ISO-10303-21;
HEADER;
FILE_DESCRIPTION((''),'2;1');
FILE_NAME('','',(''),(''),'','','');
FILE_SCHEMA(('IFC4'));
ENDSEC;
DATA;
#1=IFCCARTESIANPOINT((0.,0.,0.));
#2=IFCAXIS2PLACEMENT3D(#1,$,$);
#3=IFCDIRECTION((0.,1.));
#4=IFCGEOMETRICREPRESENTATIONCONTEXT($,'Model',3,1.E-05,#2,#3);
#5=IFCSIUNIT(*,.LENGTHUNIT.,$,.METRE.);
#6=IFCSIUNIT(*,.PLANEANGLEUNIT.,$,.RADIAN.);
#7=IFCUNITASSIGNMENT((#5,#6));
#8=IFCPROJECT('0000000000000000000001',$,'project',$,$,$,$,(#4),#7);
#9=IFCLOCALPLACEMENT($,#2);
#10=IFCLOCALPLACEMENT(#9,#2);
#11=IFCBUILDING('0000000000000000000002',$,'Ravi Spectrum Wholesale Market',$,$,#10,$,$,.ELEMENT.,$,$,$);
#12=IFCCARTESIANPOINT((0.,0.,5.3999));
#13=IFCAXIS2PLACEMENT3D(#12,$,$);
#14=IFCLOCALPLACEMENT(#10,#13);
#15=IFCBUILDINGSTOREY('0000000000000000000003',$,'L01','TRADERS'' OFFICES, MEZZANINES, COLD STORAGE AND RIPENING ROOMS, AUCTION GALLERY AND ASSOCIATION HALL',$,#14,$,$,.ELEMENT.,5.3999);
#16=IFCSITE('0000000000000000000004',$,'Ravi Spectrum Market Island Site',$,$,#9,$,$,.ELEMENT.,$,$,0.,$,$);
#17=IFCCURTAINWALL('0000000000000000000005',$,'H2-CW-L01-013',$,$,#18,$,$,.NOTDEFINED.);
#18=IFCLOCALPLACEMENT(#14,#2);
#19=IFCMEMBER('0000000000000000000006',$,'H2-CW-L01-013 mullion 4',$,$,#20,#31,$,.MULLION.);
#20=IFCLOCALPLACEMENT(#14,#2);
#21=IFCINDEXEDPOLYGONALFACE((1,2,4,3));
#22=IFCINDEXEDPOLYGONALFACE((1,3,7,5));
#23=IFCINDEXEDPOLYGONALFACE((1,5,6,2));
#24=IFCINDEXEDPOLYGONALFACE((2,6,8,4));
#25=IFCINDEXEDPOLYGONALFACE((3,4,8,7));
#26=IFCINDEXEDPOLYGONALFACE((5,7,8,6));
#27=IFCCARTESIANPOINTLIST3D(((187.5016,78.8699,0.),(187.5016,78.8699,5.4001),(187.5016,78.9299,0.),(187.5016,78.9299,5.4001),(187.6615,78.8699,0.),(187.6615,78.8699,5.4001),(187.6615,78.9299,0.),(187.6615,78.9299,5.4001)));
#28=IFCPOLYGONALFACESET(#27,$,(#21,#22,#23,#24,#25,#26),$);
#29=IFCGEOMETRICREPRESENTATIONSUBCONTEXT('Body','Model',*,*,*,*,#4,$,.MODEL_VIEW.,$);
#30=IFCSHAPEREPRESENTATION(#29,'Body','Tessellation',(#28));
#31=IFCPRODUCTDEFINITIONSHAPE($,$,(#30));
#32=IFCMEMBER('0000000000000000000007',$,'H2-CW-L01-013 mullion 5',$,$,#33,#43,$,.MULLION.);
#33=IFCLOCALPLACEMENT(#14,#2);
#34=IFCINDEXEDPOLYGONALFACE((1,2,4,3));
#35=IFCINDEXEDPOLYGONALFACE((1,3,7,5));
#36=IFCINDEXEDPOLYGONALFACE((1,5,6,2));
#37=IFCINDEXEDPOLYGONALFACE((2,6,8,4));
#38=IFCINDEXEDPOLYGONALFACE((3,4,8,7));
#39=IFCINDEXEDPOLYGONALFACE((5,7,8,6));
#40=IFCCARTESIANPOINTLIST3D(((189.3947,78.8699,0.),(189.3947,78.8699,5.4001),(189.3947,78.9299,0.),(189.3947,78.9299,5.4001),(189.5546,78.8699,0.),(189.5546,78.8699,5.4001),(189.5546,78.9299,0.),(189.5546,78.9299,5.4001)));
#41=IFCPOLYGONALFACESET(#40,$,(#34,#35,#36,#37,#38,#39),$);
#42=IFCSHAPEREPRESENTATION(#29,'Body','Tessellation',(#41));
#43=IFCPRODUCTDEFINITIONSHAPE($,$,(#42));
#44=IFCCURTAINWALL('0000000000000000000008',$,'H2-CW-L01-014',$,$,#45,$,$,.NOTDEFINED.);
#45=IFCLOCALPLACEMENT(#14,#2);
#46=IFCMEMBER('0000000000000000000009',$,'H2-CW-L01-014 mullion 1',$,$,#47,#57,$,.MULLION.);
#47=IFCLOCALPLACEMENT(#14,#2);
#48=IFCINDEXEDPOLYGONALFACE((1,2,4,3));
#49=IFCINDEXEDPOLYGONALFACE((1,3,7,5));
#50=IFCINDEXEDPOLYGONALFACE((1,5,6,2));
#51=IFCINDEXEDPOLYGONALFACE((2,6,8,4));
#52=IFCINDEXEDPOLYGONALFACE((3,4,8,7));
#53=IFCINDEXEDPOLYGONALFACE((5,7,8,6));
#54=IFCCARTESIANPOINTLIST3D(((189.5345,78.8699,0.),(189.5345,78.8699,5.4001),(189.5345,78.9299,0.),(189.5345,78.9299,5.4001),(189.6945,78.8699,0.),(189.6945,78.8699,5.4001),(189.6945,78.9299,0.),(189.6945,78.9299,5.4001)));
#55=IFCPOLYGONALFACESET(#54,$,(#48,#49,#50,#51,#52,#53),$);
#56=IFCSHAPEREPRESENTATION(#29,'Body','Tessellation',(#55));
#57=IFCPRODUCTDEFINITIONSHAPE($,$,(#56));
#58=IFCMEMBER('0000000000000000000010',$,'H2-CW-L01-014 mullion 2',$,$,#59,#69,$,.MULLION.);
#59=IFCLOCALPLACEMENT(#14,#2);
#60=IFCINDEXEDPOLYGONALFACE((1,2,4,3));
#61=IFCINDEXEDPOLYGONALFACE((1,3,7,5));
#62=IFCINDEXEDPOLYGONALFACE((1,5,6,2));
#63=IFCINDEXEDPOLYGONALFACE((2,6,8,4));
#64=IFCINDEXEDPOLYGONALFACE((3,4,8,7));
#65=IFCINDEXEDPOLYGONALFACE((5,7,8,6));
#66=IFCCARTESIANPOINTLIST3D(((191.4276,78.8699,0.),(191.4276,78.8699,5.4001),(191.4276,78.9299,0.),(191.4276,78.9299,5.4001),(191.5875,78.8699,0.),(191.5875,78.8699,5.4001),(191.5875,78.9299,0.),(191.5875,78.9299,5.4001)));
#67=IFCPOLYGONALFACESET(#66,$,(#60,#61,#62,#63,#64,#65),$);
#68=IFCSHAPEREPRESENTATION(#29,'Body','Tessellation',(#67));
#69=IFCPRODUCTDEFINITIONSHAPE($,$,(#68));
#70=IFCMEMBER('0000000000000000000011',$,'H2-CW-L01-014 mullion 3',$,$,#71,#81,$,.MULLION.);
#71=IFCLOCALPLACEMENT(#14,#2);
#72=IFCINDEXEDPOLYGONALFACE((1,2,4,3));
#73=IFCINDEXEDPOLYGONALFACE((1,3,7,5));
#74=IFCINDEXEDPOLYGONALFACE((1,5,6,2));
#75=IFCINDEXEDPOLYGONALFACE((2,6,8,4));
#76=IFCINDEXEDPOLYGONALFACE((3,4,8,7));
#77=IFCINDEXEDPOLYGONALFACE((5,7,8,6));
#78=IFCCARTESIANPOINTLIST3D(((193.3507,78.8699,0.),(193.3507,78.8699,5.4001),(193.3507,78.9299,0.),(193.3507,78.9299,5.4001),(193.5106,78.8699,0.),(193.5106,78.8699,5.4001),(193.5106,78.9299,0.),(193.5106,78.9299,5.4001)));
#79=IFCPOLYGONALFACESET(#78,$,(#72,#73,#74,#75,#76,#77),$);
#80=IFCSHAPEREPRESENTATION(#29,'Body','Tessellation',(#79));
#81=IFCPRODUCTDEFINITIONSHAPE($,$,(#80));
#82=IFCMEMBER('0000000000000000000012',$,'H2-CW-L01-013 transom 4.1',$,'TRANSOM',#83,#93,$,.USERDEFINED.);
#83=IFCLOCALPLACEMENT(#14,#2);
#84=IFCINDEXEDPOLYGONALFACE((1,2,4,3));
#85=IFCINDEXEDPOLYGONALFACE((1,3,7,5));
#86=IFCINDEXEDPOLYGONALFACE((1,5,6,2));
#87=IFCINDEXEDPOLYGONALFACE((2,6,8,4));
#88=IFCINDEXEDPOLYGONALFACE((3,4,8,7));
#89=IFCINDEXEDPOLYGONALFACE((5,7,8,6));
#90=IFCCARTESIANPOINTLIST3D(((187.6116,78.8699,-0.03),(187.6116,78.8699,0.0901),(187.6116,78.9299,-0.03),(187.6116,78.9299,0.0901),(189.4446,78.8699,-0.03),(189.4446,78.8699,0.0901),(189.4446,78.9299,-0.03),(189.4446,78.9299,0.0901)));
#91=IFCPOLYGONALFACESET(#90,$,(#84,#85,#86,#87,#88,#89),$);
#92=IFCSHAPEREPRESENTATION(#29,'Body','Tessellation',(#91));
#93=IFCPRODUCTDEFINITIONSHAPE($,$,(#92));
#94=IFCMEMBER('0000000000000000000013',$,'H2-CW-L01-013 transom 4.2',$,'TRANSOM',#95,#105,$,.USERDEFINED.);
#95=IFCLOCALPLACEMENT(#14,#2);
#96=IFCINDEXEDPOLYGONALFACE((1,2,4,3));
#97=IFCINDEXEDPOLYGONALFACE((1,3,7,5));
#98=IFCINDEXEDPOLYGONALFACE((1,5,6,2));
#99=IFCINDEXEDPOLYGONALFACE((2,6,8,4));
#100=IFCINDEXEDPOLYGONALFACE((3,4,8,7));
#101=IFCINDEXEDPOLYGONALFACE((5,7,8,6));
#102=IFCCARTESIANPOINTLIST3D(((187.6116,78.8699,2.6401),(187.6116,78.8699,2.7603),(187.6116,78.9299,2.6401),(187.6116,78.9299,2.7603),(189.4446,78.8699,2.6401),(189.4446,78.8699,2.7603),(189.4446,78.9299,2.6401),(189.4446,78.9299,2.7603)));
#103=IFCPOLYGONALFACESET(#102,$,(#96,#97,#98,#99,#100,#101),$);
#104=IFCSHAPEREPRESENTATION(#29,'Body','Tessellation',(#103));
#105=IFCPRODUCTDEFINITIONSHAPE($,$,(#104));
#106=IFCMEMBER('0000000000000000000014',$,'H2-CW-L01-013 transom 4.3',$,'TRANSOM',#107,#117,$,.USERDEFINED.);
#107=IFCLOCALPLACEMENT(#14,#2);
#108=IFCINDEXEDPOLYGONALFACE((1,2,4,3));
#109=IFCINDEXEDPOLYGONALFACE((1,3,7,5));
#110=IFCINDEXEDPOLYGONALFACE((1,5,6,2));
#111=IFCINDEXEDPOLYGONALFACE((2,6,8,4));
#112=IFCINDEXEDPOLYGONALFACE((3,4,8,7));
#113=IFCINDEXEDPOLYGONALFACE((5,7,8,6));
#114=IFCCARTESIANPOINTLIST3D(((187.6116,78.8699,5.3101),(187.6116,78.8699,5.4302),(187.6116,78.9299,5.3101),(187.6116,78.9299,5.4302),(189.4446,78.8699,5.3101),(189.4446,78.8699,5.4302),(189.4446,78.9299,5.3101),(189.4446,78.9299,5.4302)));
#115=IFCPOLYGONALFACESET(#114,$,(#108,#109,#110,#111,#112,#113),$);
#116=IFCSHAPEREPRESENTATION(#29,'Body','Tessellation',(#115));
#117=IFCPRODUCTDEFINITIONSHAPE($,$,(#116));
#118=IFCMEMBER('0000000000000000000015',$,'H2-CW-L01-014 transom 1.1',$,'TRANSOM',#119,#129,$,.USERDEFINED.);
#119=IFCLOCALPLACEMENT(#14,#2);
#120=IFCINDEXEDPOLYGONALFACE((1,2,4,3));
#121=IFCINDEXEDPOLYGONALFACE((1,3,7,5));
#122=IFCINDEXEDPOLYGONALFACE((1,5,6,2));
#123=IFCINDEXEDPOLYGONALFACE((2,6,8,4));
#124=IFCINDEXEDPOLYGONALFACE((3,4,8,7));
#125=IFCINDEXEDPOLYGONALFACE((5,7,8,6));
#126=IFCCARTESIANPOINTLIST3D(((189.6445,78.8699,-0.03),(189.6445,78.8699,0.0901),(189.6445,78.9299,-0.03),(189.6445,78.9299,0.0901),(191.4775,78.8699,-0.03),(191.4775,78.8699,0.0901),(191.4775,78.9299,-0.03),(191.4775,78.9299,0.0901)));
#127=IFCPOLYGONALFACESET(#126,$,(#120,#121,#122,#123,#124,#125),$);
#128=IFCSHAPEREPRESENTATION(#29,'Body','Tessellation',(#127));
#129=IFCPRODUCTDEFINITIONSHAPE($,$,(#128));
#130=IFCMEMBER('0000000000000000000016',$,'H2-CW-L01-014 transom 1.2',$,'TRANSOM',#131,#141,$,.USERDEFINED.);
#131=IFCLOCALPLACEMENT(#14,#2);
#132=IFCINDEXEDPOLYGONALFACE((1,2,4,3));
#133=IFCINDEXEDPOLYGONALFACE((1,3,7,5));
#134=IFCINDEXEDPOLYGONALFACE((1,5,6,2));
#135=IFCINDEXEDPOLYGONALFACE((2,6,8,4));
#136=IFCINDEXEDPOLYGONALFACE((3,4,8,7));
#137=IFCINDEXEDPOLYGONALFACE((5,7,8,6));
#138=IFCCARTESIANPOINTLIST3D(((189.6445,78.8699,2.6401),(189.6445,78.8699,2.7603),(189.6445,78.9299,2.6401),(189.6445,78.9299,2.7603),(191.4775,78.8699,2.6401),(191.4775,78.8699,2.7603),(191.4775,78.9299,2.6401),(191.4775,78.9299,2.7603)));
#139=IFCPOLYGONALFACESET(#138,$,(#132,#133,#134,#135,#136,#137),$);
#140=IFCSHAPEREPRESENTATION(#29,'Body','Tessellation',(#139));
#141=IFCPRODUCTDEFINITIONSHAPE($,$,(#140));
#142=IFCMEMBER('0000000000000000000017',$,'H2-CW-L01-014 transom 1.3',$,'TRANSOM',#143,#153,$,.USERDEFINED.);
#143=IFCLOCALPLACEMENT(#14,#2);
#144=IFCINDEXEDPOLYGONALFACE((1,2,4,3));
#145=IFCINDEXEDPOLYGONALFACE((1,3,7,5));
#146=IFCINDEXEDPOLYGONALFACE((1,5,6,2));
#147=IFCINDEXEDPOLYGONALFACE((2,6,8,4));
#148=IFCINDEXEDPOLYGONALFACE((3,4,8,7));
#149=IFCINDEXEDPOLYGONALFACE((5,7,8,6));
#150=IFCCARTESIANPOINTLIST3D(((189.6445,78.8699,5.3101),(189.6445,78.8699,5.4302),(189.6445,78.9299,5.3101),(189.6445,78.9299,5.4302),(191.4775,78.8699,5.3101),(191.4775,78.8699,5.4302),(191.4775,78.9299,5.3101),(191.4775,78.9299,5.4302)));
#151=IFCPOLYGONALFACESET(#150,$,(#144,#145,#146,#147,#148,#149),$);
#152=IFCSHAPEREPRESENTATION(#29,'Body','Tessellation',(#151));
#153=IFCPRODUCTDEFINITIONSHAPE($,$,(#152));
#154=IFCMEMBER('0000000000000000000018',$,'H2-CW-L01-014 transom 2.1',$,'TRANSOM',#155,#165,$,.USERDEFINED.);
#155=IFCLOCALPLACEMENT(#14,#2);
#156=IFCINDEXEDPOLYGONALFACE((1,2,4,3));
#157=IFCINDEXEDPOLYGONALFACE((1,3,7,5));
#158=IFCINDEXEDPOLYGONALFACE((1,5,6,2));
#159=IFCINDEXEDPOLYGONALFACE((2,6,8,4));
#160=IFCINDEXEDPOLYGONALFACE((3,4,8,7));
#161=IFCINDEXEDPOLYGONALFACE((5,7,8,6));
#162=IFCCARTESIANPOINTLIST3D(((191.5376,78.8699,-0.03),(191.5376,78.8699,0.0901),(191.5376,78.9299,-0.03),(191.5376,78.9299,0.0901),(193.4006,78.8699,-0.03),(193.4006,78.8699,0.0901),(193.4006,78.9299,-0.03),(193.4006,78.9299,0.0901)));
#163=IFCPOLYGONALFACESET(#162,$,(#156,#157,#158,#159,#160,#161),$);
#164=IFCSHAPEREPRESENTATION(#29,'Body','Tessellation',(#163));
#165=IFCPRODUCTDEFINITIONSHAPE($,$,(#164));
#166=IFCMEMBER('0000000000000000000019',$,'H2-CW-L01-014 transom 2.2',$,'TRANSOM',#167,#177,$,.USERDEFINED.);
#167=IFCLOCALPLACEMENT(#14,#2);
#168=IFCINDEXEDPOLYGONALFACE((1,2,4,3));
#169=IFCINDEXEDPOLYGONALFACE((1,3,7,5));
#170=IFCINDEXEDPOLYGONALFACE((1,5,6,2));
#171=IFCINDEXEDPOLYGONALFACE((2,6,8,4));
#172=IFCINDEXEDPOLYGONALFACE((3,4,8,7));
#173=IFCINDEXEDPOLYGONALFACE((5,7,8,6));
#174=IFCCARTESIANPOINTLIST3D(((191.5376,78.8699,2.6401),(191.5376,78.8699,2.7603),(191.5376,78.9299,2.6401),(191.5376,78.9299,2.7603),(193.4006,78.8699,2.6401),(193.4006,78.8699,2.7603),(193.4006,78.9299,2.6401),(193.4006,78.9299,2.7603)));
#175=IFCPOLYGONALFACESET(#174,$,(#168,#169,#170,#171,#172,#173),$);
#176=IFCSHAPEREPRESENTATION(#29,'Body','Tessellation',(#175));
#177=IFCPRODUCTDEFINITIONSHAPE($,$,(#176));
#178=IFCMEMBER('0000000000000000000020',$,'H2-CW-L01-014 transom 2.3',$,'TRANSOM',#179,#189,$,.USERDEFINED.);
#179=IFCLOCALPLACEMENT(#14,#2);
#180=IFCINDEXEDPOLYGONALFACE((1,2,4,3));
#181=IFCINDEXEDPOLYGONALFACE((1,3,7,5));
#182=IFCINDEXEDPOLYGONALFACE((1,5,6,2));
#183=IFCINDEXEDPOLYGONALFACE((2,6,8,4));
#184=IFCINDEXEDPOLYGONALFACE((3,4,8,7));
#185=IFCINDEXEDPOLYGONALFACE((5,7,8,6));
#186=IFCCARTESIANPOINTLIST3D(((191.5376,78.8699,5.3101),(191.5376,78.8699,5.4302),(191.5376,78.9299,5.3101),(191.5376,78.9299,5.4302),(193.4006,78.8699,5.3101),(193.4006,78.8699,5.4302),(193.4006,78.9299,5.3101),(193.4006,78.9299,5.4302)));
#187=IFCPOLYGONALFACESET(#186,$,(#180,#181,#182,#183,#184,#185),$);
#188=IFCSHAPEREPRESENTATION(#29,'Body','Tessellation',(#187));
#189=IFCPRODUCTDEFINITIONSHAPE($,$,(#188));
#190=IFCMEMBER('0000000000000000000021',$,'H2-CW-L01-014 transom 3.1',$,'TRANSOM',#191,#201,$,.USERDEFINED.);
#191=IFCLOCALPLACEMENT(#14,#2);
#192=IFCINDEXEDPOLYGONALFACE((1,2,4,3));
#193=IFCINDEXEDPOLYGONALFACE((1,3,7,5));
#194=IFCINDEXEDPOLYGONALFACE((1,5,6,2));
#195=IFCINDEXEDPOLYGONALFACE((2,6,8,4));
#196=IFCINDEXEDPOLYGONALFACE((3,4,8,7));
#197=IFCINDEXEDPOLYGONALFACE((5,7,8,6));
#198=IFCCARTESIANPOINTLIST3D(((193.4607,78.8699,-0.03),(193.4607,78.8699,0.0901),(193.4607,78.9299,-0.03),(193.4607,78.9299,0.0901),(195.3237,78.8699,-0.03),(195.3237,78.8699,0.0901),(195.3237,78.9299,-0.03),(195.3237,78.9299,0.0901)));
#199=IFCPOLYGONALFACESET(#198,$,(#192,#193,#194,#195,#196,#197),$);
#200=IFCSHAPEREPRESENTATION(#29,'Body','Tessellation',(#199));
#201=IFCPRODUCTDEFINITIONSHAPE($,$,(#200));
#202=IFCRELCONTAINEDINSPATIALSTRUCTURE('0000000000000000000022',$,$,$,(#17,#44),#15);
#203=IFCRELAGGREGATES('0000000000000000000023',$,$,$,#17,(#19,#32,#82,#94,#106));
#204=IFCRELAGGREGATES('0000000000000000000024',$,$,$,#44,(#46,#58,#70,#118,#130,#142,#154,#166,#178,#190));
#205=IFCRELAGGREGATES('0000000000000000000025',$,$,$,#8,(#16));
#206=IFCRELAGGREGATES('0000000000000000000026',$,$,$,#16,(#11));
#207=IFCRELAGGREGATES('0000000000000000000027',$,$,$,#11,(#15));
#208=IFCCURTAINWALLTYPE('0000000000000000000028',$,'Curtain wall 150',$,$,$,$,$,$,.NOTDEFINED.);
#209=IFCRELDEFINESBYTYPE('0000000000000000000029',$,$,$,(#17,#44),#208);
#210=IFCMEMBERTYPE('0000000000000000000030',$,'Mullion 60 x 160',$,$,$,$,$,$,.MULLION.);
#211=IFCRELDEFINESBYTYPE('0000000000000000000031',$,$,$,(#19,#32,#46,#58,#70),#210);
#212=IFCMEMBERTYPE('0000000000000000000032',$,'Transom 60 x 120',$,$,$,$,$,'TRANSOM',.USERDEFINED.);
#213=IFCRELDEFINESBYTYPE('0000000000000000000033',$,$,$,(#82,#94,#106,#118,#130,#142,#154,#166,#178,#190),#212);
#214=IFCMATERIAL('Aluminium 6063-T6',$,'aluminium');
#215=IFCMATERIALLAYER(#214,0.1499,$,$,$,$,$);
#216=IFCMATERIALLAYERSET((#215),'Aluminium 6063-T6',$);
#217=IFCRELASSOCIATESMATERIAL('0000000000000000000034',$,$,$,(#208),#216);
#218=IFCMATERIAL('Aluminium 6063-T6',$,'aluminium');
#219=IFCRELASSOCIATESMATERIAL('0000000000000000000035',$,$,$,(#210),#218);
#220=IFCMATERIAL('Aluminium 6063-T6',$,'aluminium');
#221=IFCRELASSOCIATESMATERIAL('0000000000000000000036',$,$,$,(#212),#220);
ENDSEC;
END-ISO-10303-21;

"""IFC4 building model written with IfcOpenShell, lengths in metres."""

from ifc_helpers import new_model, si_unit, direction, frame, origin, origin_2d, place, context, subcontext, project, spatial, rectangle, extrude, material, layer, layer_set, material_profile, profile_set, type_object, element, aggregate, save


model = new_model("IFC4")

# Units and contexts
model_context = context("Model", 3, precision=1e-05, world=origin(), true_north=direction((0.0, 1.0)))
body_context = subcontext(model_context, "Body", "Model", "MODEL_VIEW")
ifc_project = project(units=[si_unit("LENGTHUNIT", "METRE"), si_unit("PLANEANGLEUNIT", "RADIAN")], contexts=[model_context])

# Site, building, storey
site_placement = place(None, origin())
site = spatial("IfcSite", under=ifc_project, at=site_placement, Name="Ravi Spectrum Market Island Site", CompositionType="ELEMENT", RefElevation=0.0)
building_placement = place(site_placement, origin())
building = spatial("IfcBuilding", under=site, at=building_placement, Name="Ravi Spectrum Wholesale Market", CompositionType="ELEMENT")
storey_placement = place(building_placement, frame((0.0, 0.0, 5.3999)))
storey = spatial("IfcBuildingStorey", under=building, at=storey_placement, Name="L01", Description="TRADERS' OFFICES, MEZZANINES, COLD STORAGE AND RIPENING ROOMS, AUCTION GALLERY AND ASSOCIATION HALL", CompositionType="ELEMENT", Elevation=5.3999)

# Curtain walls, members
ifc_material_1 = material(Name="Aluminium 6063-T6", Category="aluminium")
ifc_layer_1 = layer(ifc_material_1, 0.1499)
ifc_layer_set_1 = layer_set([ifc_layer_1], Name="Aluminium 6063-T6")
curtain_wall_type = type_object("IfcCurtainWallType", Name="Curtain wall 150", PredefinedType="NOTDEFINED", material=ifc_layer_set_1)
curtain_wall_1_placement = place(storey_placement, origin())
curtain_wall_1 = element("IfcCurtainWall", 1, at=curtain_wall_1_placement, inside=storey, type_object=curtain_wall_type, Name="H2-CW-L01-013", PredefinedType="NOTDEFINED")
ifc_material_2 = material(Name="Aluminium 6063-T6", Category="aluminium")
ifc_material_profile_1 = material_profile(ifc_material_2, rectangle(XDim=0.0601, YDim=0.1599, at=origin_2d()))
ifc_profile_set_1 = profile_set([ifc_material_profile_1], Name="Aluminium 6063-T6")
member_type_1 = type_object("IfcMemberType", Name="Mullion 60 x 160", PredefinedType="MULLION", material=ifc_profile_set_1)
member_1_placement = place(storey_placement, frame((187.5815, 78.8999, 0.0), z_axis=(0.0, 0.0, 1.0), x_axis=(0.0, 1.0, 0.0)))
member_1 = element("IfcMember", 2, at=member_1_placement, type_object=member_type_1, Name="H2-CW-L01-013 mullion 4", PredefinedType="MULLION", context=body_context, shape_type="SweptSolid", body=[
    extrude(rectangle(XDim=0.0601, YDim=0.1599, at=origin_2d()), origin(), (0.0, 0.0, 1.0), 5.4001),
])
member_2_placement = place(storey_placement, frame((189.4746, 78.8999, 0.0), z_axis=(0.0, 0.0, 1.0), x_axis=(0.0, 1.0, 0.0)))
member_2 = element("IfcMember", 3, at=member_2_placement, type_object=member_type_1, Name="H2-CW-L01-013 mullion 5", PredefinedType="MULLION", context=body_context, shape_type="SweptSolid", body=[
    extrude(rectangle(XDim=0.0601, YDim=0.1599, at=origin_2d()), origin(), (0.0, 0.0, 1.0), 5.4001),
])
curtain_wall_2_placement = place(storey_placement, origin())
curtain_wall_2 = element("IfcCurtainWall", 4, at=curtain_wall_2_placement, inside=storey, type_object=curtain_wall_type, Name="H2-CW-L01-014", PredefinedType="NOTDEFINED")
member_3_placement = place(storey_placement, frame((189.6145, 78.8999, 0.0), z_axis=(0.0, 0.0, 1.0), x_axis=(0.0, 1.0, 0.0)))
member_3 = element("IfcMember", 5, at=member_3_placement, type_object=member_type_1, Name="H2-CW-L01-014 mullion 1", PredefinedType="MULLION", context=body_context, shape_type="SweptSolid", body=[
    extrude(rectangle(XDim=0.0601, YDim=0.1599, at=origin_2d()), origin(), (0.0, 0.0, 1.0), 5.4001),
])
member_4_placement = place(storey_placement, frame((191.5076, 78.8999, 0.0), z_axis=(0.0, 0.0, 1.0), x_axis=(0.0, 1.0, 0.0)))
member_4 = element("IfcMember", 6, at=member_4_placement, type_object=member_type_1, Name="H2-CW-L01-014 mullion 2", PredefinedType="MULLION", context=body_context, shape_type="SweptSolid", body=[
    extrude(rectangle(XDim=0.0601, YDim=0.1599, at=origin_2d()), origin(), (0.0, 0.0, 1.0), 5.4001),
])
member_5_placement = place(storey_placement, frame((193.4307, 78.8999, 0.0), z_axis=(0.0, 0.0, 1.0), x_axis=(0.0, 1.0, 0.0)))
member_5 = element("IfcMember", 7, at=member_5_placement, type_object=member_type_1, Name="H2-CW-L01-014 mullion 3", PredefinedType="MULLION", context=body_context, shape_type="SweptSolid", body=[
    extrude(rectangle(XDim=0.0601, YDim=0.1599, at=origin_2d()), origin(), (0.0, 0.0, 1.0), 5.4001),
])

# Members
ifc_material_3 = material(Name="Aluminium 6063-T6", Category="aluminium")
ifc_material_profile_2 = material_profile(ifc_material_3, rectangle(XDim=0.0601, YDim=0.1201, at=origin_2d()))
ifc_profile_set_2 = profile_set([ifc_material_profile_2], Name="Aluminium 6063-T6")
member_type_2 = type_object("IfcMemberType", Name="Transom 60 x 120", ElementType="TRANSOM", PredefinedType="USERDEFINED", material=ifc_profile_set_2)
member_6_placement = place(storey_placement, frame((187.6116, 78.8999, 0.03), z_axis=(1.0, 0.0, 0.0), x_axis=(0.0, 1.0, 0.0)))
member_6 = element("IfcMember", 8, at=member_6_placement, type_object=member_type_2, Name="H2-CW-L01-013 transom 4.1", ObjectType="TRANSOM", PredefinedType="USERDEFINED", context=body_context, shape_type="SweptSolid", body=[
    extrude(rectangle(XDim=0.0601, YDim=0.1201, at=origin_2d()), origin(), (0.0, 0.0, 1.0), 1.833),
])
member_7_placement = place(storey_placement, frame((187.6116, 78.8999, 2.7002), z_axis=(1.0, 0.0, 0.0), x_axis=(0.0, 1.0, 0.0)))
member_7 = element("IfcMember", 9, at=member_7_placement, type_object=member_type_2, Name="H2-CW-L01-013 transom 4.2", ObjectType="TRANSOM", PredefinedType="USERDEFINED", context=body_context, shape_type="SweptSolid", body=[
    extrude(rectangle(XDim=0.0601, YDim=0.1201, at=origin_2d()), origin(), (0.0, 0.0, 1.0), 1.833),
])
member_8_placement = place(storey_placement, frame((187.6116, 78.8999, 5.3701), z_axis=(1.0, 0.0, 0.0), x_axis=(0.0, 1.0, 0.0)))
member_8 = element("IfcMember", 10, at=member_8_placement, type_object=member_type_2, Name="H2-CW-L01-013 transom 4.3", ObjectType="TRANSOM", PredefinedType="USERDEFINED", context=body_context, shape_type="SweptSolid", body=[
    extrude(rectangle(XDim=0.0601, YDim=0.1201, at=origin_2d()), origin(), (0.0, 0.0, 1.0), 1.833),
])
member_9_placement = place(storey_placement, frame((189.6445, 78.8999, 0.03), z_axis=(1.0, 0.0, 0.0), x_axis=(0.0, 1.0, 0.0)))
member_9 = element("IfcMember", 11, at=member_9_placement, type_object=member_type_2, Name="H2-CW-L01-014 transom 1.1", ObjectType="TRANSOM", PredefinedType="USERDEFINED", context=body_context, shape_type="SweptSolid", body=[
    extrude(rectangle(XDim=0.0601, YDim=0.1201, at=origin_2d()), origin(), (0.0, 0.0, 1.0), 1.833),
])
member_10_placement = place(storey_placement, frame((189.6445, 78.8999, 2.7002), z_axis=(1.0, 0.0, 0.0), x_axis=(0.0, 1.0, 0.0)))
member_10 = element("IfcMember", 12, at=member_10_placement, type_object=member_type_2, Name="H2-CW-L01-014 transom 1.2", ObjectType="TRANSOM", PredefinedType="USERDEFINED", context=body_context, shape_type="SweptSolid", body=[
    extrude(rectangle(XDim=0.0601, YDim=0.1201, at=origin_2d()), origin(), (0.0, 0.0, 1.0), 1.833),
])
member_11_placement = place(storey_placement, frame((189.6445, 78.8999, 5.3701), z_axis=(1.0, 0.0, 0.0), x_axis=(0.0, 1.0, 0.0)))
member_11 = element("IfcMember", 13, at=member_11_placement, type_object=member_type_2, Name="H2-CW-L01-014 transom 1.3", ObjectType="TRANSOM", PredefinedType="USERDEFINED", context=body_context, shape_type="SweptSolid", body=[
    extrude(rectangle(XDim=0.0601, YDim=0.1201, at=origin_2d()), origin(), (0.0, 0.0, 1.0), 1.833),
])
member_12_placement = place(storey_placement, frame((191.5376, 78.8999, 0.03), z_axis=(1.0, 0.0, 0.0), x_axis=(0.0, 1.0, 0.0)))
member_12 = element("IfcMember", 14, at=member_12_placement, type_object=member_type_2, Name="H2-CW-L01-014 transom 2.1", ObjectType="TRANSOM", PredefinedType="USERDEFINED", context=body_context, shape_type="SweptSolid", body=[
    extrude(rectangle(XDim=0.0601, YDim=0.1201, at=origin_2d()), origin(), (0.0, 0.0, 1.0), 1.863),
])
member_13_placement = place(storey_placement, frame((191.5376, 78.8999, 2.7002), z_axis=(1.0, 0.0, 0.0), x_axis=(0.0, 1.0, 0.0)))
member_13 = element("IfcMember", 15, at=member_13_placement, type_object=member_type_2, Name="H2-CW-L01-014 transom 2.2", ObjectType="TRANSOM", PredefinedType="USERDEFINED", context=body_context, shape_type="SweptSolid", body=[
    extrude(rectangle(XDim=0.0601, YDim=0.1201, at=origin_2d()), origin(), (0.0, 0.0, 1.0), 1.863),
])
member_14_placement = place(storey_placement, frame((191.5376, 78.8999, 5.3701), z_axis=(1.0, 0.0, 0.0), x_axis=(0.0, 1.0, 0.0)))
member_14 = element("IfcMember", 16, at=member_14_placement, type_object=member_type_2, Name="H2-CW-L01-014 transom 2.3", ObjectType="TRANSOM", PredefinedType="USERDEFINED", context=body_context, shape_type="SweptSolid", body=[
    extrude(rectangle(XDim=0.0601, YDim=0.1201, at=origin_2d()), origin(), (0.0, 0.0, 1.0), 1.863),
])
member_15_placement = place(storey_placement, frame((193.4607, 78.8999, 0.03), z_axis=(1.0, 0.0, 0.0), x_axis=(0.0, 1.0, 0.0)))
member_15 = element("IfcMember", 17, at=member_15_placement, type_object=member_type_2, Name="H2-CW-L01-014 transom 3.1", ObjectType="TRANSOM", PredefinedType="USERDEFINED", context=body_context, shape_type="SweptSolid", body=[
    extrude(rectangle(XDim=0.0601, YDim=0.1201, at=origin_2d()), origin(), (0.0, 0.0, 1.0), 1.863),
])

aggregate(curtain_wall_1, [member_1, member_2, member_6, member_7, member_8])
aggregate(curtain_wall_2, [member_3, member_4, member_5, member_9, member_10, member_11, member_12, member_13, member_14, member_15])

save(model, "model.ifc")
